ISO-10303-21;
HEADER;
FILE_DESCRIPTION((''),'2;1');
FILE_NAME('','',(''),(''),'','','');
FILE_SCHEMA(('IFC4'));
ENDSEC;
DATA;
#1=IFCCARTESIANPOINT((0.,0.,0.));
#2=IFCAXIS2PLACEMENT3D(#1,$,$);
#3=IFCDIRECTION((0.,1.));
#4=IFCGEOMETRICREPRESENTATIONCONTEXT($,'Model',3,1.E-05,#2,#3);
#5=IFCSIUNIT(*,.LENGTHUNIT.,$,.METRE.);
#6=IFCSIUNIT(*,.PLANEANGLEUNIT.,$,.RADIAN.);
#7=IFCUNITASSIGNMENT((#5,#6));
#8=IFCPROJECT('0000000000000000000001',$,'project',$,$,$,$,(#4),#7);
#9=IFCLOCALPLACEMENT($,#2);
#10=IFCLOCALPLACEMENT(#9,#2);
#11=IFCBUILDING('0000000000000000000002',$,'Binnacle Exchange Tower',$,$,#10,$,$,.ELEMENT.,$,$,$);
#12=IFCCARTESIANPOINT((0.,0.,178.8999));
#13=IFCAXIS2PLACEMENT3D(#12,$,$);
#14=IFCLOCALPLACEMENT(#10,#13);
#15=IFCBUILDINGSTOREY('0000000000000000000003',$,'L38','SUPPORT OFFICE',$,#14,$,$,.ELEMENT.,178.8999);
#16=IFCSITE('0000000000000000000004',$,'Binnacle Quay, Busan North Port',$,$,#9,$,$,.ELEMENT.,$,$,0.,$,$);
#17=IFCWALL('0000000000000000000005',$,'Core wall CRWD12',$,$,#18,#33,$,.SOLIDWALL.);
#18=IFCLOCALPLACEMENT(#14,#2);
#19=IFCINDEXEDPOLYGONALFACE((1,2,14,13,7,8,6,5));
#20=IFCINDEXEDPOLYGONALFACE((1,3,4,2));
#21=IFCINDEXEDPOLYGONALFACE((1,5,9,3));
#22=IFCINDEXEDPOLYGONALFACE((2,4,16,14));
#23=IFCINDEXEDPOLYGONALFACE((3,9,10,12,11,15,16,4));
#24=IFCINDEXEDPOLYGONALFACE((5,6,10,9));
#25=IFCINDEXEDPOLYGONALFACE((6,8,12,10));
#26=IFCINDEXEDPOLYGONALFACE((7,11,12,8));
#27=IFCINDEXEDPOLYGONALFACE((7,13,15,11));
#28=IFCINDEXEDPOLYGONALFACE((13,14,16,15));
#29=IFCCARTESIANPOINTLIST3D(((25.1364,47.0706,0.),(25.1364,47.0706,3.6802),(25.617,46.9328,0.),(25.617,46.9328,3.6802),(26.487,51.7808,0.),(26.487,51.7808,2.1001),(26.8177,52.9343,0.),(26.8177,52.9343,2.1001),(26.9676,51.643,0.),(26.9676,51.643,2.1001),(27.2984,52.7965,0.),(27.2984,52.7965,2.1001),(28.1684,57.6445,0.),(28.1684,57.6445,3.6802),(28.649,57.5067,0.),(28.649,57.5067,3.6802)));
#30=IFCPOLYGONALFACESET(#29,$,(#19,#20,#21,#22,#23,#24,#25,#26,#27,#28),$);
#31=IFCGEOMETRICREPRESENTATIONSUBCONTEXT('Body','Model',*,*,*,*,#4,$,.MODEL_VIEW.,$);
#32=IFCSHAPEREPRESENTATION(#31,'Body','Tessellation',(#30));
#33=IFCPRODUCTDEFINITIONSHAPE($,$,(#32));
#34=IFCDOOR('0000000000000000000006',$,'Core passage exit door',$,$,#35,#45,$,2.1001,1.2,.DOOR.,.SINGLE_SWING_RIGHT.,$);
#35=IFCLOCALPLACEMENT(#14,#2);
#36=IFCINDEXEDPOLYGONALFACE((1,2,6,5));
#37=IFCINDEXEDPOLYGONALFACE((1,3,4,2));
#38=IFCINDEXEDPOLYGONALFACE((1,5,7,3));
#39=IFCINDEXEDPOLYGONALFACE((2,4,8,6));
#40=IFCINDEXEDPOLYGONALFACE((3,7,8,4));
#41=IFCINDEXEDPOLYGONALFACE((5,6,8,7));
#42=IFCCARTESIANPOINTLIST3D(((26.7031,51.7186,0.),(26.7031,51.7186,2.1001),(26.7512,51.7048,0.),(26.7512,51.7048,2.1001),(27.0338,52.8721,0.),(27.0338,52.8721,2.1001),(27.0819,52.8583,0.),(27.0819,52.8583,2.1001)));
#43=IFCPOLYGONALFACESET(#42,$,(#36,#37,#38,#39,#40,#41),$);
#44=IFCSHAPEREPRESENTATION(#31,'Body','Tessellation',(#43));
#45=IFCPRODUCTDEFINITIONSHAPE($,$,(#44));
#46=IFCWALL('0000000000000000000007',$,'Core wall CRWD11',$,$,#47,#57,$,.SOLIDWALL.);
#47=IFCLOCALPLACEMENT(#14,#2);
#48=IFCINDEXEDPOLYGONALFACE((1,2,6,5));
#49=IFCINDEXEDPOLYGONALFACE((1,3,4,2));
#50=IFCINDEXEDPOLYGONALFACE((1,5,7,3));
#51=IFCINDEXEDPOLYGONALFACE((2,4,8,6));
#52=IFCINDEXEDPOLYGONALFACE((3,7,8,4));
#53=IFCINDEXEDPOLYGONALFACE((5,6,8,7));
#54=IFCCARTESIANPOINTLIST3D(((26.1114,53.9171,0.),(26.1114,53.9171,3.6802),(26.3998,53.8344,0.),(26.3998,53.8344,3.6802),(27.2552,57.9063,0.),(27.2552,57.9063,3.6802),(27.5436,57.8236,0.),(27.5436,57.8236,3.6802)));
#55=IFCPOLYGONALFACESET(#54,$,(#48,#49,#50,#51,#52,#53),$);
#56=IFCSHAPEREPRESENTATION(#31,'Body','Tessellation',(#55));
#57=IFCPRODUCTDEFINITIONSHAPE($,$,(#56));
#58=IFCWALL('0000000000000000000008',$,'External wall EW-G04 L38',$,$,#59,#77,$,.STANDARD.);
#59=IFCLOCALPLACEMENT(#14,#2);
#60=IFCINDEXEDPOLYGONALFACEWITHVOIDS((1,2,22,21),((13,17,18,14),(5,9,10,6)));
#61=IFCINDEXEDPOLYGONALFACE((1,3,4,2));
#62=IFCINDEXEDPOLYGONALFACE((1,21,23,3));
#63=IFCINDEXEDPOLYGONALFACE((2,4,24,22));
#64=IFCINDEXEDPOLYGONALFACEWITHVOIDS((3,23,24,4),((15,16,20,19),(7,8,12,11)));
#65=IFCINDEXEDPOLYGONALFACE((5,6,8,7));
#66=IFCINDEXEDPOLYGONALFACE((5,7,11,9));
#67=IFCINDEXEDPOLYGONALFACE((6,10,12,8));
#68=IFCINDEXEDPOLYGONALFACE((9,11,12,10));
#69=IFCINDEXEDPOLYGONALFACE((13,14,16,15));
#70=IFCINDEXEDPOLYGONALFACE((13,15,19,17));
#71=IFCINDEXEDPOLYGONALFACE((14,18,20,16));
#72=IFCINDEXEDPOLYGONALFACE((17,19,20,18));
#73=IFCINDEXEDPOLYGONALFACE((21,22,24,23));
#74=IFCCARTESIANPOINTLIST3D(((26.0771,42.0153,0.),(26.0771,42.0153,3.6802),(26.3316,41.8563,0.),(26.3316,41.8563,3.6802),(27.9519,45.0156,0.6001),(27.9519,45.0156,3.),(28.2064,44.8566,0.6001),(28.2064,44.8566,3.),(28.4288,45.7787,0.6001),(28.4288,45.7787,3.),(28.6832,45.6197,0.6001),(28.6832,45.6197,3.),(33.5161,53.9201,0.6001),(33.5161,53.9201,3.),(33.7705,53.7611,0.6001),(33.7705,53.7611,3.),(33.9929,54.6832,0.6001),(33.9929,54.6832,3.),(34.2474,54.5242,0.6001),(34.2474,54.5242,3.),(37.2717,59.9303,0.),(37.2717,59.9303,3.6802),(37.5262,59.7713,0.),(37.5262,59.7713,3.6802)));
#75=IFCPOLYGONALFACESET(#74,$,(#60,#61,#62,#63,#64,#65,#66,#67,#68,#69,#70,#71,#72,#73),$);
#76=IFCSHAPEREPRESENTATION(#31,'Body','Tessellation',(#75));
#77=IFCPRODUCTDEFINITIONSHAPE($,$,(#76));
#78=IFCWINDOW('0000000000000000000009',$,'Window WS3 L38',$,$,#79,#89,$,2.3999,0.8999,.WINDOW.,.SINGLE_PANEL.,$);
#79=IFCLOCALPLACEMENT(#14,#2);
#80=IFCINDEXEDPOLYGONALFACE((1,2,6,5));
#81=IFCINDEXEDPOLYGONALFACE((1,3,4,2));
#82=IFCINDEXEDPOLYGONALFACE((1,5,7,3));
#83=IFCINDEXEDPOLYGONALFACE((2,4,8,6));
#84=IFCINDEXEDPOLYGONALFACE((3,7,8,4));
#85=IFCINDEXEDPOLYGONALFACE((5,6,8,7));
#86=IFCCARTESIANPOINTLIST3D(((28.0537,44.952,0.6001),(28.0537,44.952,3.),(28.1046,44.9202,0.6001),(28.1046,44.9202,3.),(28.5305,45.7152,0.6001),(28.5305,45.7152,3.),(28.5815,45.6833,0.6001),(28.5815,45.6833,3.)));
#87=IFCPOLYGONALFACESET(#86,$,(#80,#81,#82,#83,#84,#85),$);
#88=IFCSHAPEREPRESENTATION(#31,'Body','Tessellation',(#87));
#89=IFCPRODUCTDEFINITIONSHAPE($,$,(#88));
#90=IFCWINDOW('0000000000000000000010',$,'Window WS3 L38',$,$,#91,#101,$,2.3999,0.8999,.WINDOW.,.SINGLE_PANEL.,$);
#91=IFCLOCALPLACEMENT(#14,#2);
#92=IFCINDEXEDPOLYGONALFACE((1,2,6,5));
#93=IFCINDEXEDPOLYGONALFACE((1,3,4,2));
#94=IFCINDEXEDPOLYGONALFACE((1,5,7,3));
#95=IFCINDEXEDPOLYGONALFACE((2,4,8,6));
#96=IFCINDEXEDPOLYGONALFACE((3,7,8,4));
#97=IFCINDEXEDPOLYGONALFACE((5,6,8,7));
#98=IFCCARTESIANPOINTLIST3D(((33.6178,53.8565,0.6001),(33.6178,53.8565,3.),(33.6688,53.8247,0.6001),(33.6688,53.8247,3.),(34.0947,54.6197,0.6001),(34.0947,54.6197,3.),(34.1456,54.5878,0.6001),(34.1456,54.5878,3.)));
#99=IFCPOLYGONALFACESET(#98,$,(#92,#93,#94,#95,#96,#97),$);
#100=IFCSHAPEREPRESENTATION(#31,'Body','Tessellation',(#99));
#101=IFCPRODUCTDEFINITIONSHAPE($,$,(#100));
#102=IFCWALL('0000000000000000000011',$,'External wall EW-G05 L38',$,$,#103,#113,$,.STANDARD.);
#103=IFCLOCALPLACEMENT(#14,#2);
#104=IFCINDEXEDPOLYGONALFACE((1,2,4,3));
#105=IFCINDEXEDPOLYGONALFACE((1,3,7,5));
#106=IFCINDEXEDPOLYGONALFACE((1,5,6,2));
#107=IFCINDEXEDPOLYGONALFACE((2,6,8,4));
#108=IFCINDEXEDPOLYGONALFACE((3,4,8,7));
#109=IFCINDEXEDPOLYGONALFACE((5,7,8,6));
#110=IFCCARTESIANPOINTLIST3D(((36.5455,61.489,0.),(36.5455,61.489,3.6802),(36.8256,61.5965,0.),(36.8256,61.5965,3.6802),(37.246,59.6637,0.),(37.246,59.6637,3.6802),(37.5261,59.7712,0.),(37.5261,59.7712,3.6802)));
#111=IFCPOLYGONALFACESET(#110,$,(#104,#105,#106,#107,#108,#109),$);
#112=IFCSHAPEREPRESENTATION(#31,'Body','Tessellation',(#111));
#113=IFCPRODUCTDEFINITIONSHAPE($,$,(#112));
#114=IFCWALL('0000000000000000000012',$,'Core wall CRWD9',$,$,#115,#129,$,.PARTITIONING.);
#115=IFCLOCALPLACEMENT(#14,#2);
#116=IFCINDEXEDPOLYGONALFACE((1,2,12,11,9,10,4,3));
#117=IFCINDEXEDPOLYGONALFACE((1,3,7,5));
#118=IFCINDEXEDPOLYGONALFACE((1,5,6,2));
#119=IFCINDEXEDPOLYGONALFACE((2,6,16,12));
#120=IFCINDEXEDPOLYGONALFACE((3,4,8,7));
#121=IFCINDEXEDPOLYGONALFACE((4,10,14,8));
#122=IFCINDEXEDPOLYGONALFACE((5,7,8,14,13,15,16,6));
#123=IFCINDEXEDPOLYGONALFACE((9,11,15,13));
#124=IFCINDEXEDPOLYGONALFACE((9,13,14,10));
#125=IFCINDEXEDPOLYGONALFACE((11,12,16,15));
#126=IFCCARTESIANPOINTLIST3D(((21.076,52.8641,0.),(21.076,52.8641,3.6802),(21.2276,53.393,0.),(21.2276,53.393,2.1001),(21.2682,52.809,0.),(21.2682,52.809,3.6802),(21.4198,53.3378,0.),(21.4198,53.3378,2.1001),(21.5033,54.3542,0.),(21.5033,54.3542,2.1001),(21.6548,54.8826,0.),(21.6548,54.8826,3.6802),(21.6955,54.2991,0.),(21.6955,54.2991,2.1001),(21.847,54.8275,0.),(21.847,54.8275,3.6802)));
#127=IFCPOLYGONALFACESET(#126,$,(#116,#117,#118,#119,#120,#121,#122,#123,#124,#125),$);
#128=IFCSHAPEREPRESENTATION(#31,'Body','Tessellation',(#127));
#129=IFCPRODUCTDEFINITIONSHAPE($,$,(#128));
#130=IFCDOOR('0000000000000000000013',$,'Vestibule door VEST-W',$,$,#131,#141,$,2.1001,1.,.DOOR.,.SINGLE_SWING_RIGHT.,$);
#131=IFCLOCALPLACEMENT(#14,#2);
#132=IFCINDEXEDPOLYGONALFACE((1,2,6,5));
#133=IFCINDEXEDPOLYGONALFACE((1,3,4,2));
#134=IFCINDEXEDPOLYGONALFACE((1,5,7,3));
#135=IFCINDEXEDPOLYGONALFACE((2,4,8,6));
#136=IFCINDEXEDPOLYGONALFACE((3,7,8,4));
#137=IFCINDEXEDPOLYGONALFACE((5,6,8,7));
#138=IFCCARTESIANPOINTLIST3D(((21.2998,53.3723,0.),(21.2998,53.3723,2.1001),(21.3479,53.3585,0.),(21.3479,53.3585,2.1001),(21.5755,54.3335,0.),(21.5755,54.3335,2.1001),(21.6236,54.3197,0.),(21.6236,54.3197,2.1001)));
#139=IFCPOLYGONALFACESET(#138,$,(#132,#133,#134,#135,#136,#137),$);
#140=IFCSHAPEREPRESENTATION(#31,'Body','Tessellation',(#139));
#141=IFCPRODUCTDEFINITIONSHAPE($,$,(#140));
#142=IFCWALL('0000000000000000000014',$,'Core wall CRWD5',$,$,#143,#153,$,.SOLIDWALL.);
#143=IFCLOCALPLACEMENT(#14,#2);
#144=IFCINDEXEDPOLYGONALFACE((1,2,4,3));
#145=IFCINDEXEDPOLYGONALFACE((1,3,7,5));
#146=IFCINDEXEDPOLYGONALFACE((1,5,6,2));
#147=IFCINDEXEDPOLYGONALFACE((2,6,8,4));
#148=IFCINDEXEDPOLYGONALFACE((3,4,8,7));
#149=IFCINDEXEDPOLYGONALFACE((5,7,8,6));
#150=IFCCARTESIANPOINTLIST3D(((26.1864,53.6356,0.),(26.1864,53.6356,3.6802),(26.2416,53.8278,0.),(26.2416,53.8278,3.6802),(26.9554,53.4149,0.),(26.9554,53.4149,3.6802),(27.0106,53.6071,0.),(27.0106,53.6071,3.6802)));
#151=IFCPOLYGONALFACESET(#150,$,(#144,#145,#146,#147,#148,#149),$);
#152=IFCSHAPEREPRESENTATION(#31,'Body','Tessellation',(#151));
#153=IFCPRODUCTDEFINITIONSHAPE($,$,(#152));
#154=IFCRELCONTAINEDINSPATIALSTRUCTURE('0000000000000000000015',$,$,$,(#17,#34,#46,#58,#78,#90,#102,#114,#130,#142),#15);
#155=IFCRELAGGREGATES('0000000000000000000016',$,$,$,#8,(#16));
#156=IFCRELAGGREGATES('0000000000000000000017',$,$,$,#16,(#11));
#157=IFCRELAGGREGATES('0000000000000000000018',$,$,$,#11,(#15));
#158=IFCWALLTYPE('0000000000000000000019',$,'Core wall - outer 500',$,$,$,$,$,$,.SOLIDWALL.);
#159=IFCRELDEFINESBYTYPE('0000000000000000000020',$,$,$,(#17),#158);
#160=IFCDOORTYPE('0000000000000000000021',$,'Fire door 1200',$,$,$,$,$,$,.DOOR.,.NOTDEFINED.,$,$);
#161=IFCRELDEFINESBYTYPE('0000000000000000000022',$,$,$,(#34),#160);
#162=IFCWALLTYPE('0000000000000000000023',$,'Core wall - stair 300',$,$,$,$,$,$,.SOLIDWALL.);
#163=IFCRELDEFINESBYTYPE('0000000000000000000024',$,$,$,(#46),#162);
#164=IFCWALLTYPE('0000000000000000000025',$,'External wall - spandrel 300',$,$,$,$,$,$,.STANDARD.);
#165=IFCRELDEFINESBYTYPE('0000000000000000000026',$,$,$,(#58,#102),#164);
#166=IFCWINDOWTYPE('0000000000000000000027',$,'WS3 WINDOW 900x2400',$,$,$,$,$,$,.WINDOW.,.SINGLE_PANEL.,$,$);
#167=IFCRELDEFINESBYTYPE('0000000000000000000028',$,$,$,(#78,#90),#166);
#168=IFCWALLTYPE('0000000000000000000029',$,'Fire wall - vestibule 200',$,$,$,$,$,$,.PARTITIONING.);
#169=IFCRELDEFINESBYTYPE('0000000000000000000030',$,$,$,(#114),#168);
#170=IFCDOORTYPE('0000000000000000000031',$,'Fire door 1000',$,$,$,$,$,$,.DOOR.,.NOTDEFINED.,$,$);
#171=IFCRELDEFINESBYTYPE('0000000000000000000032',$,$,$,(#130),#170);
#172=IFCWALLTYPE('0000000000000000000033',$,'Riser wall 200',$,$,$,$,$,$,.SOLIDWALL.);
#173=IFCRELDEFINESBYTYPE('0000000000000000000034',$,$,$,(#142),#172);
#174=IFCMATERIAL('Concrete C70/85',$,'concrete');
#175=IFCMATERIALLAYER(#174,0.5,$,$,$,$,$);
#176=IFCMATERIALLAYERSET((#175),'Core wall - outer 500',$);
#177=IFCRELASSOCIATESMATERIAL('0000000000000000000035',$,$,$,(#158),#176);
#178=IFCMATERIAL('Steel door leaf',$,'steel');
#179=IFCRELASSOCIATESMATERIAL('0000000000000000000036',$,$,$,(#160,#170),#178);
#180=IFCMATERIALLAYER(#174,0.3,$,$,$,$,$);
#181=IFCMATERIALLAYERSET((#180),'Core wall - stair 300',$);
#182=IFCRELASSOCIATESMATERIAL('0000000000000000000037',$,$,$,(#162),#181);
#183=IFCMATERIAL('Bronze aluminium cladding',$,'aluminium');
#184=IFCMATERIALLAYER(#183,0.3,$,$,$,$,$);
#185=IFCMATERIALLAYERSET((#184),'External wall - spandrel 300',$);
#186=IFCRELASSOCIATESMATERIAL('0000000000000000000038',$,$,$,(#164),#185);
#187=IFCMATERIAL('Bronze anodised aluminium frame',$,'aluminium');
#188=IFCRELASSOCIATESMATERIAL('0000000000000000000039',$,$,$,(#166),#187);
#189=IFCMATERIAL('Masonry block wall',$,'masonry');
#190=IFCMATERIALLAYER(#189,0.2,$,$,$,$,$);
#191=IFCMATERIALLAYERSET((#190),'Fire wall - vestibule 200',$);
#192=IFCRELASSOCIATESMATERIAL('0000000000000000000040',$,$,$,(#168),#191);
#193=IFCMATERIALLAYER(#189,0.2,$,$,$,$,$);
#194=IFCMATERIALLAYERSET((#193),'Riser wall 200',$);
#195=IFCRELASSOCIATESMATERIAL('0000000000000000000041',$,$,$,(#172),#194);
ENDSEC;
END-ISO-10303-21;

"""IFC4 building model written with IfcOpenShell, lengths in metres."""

from ifc_helpers import new_model, si_unit, direction, frame, frame_2d, origin, place, context, subcontext, project, spatial, rectangle, extrude, material, layer, layer_set, type_object, element, fill, save


model = new_model("IFC4")

# Units and contexts
model_context = context("Model", 3, precision=1e-05, world=origin(), true_north=direction((0.0, 1.0)))
body_context = subcontext(model_context, "Body", "Model", "MODEL_VIEW")
ifc_project = project(units=[si_unit("LENGTHUNIT", "METRE"), si_unit("PLANEANGLEUNIT", "RADIAN")], contexts=[model_context])

# Site, building, storey
site_placement = place(None, origin())
site = spatial("IfcSite", under=ifc_project, at=site_placement, Name="Binnacle Quay, Busan North Port", CompositionType="ELEMENT", RefElevation=0.0)
building_placement = place(site_placement, origin())
building = spatial("IfcBuilding", under=site, at=building_placement, Name="Binnacle Exchange Tower", CompositionType="ELEMENT")
storey_placement = place(building_placement, frame((0.0, 0.0, 178.8999)))
storey = spatial("IfcBuildingStorey", under=building, at=storey_placement, Name="L38", Description="SUPPORT OFFICE", CompositionType="ELEMENT", Elevation=178.8999)

# Shared definitions
ifc_material_1 = material(Name="Concrete C70/85", Category="concrete")

# Wall, opening, door
ifc_layer_1 = layer(ifc_material_1, 0.5)
ifc_layer_set_1 = layer_set([ifc_layer_1], Name="Core wall - outer 500")
wall_type_1 = type_object("IfcWallType", Name="Core wall - outer 500", PredefinedType="SOLIDWALL", material=ifc_layer_set_1)
wall_1_placement = place(storey_placement, frame((25.3767, 47.0017, 0.0), z_axis=(0.0, 0.0, 1.0), x_axis=(0.275633, 0.961263, 0.0)))
wall_1 = element("IfcWall", 1, at=wall_1_placement, inside=storey, type_object=wall_type_1, Name="Core wall CRWD12", PredefinedType="SOLIDWALL", context=body_context, shape_type="SweptSolid", body=[
    extrude(rectangle(XDim=11.0, YDim=0.5, at=frame_2d((5.5, 0.0))), origin(), (0.0, 0.0, 1.0), 3.6802),
])
opening_1_placement = place(wall_1_placement, frame((4.8999, 0.0, 0.0)))
opening_1 = element("IfcOpeningElement", 2, at=opening_1_placement, cuts=wall_1, PredefinedType="OPENING", context=body_context, shape_type="SweptSolid", body=[
    extrude(rectangle(XDim=1.2, YDim=2.1001, at=frame_2d((0.6001, 1.05))), frame((0.0, 0.26, 0.0), z_axis=(0.0, -1.0, 0.0), x_axis=(1.0, 0.0, 0.0)), (0.0, 0.0, 1.0), 0.52),
])
ifc_material_2 = material(Name="Steel door leaf", Category="steel")
door_type_1 = type_object("IfcDoorType", Name="Fire door 1200", OperationType="NOTDEFINED", PredefinedType="DOOR", material=ifc_material_2)
door_1_placement = place(opening_1_placement, frame((1.2, 0.0, 0.0), z_axis=(0.0, 0.0, 1.0), x_axis=(-1.0, 0.0, 0.0)))
door_1 = element("IfcDoor", 3, at=door_1_placement, inside=storey, type_object=door_type_1, Name="Core passage exit door", OperationType="SINGLE_SWING_RIGHT", OverallHeight=2.1001, OverallWidth=1.2, PredefinedType="DOOR", context=body_context, shape_type="SweptSolid", body=[
    extrude(rectangle(XDim=1.2, YDim=2.1001, at=frame_2d((0.6001, 1.05))), frame((0.0, 0.0249, 0.0), z_axis=(0.0, -1.0, 0.0), x_axis=(1.0, 0.0, 0.0)), (0.0, 0.0, 1.0), 0.05),
])
fill(opening_1, door_1)

# Wall
ifc_layer_2 = layer(ifc_material_1, 0.3)
ifc_layer_set_2 = layer_set([ifc_layer_2], Name="Core wall - stair 300")
wall_type_2 = type_object("IfcWallType", Name="Core wall - stair 300", PredefinedType="SOLIDWALL", material=ifc_layer_set_2)
wall_2_placement = place(storey_placement, frame((26.2556, 53.8757, 0.0), z_axis=(0.0, 0.0, 1.0), x_axis=(0.275615, 0.961268, 0.0)))
element("IfcWall", 4, at=wall_2_placement, inside=storey, type_object=wall_type_2, Name="Core wall CRWD11", PredefinedType="SOLIDWALL", context=body_context, shape_type="SweptSolid", body=[
    extrude(rectangle(XDim=4.1499, YDim=0.3, at=frame_2d((2.075, 0.0))), origin(), (0.0, 0.0, 1.0), 3.6802),
])

# Wall, openings, windows
ifc_material_3 = material(Name="Bronze aluminium cladding", Category="aluminium")
ifc_layer_3 = layer(ifc_material_3, 0.3)
ifc_layer_set_3 = layer_set([ifc_layer_3], Name="External wall - spandrel 300")
wall_type_3 = type_object("IfcWallType", Name="External wall - spandrel 300", PredefinedType="STANDARD", material=ifc_layer_set_3)
wall_3_placement = place(storey_placement, frame((37.3989, 59.8508, 0.0), z_axis=(0.0, 0.0, 1.0), x_axis=(-0.52992, -0.848048, 0.0)))
wall_3 = element("IfcWall", 5, at=wall_3_placement, inside=storey, type_object=wall_type_3, Name="External wall EW-G04 L38", PredefinedType="STANDARD", context=body_context, shape_type="SweptSolid", body=[
    extrude(rectangle(XDim=21.125, YDim=0.3, at=frame_2d((10.5625, 0.0))), origin(), (0.0, 0.0, 1.0), 3.6802),
])
opening_2_placement = place(wall_3_placement, frame((16.6873, 0.0, 0.6001)))
opening_2 = element("IfcOpeningElement", 6, at=opening_2_placement, cuts=wall_3, PredefinedType="OPENING", context=body_context, shape_type="SweptSolid", body=[
    extrude(rectangle(XDim=0.8999, YDim=2.3999, at=frame_2d((0.45, 1.2))), frame((0.0, 0.1599, 0.0), z_axis=(0.0, -1.0, 0.0), x_axis=(1.0, 0.0, 0.0)), (0.0, 0.0, 1.0), 0.3201),
])
opening_3_placement = place(wall_3_placement, frame((6.1873, 0.0, 0.6001)))
opening_3 = element("IfcOpeningElement", 7, at=opening_3_placement, cuts=wall_3, PredefinedType="OPENING", context=body_context, shape_type="SweptSolid", body=[
    extrude(rectangle(XDim=0.8999, YDim=2.3999, at=frame_2d((0.45, 1.2))), frame((0.0, 0.1599, 0.0), z_axis=(0.0, -1.0, 0.0), x_axis=(1.0, 0.0, 0.0)), (0.0, 0.0, 1.0), 0.3201),
])
ifc_material_4 = material(Name="Bronze anodised aluminium frame", Category="aluminium")
window_type = type_object("IfcWindowType", Name="WS3 WINDOW 900x2400", PartitioningType="SINGLE_PANEL", PredefinedType="WINDOW", material=ifc_material_4)
window_1_placement = place(opening_2_placement, origin())
window_1 = element("IfcWindow", 8, at=window_1_placement, inside=storey, type_object=window_type, Name="Window WS3 L38", OverallHeight=2.3999, OverallWidth=0.8999, PartitioningType="SINGLE_PANEL", PredefinedType="WINDOW", context=body_context, shape_type="SweptSolid", body=[
    extrude(rectangle(XDim=0.8999, YDim=2.3999, at=frame_2d((0.45, 1.2))), frame((0.0, 0.03, 0.0), z_axis=(0.0, -1.0, 0.0), x_axis=(1.0, 0.0, 0.0)), (0.0, 0.0, 1.0), 0.0601),
])
fill(opening_2, window_1)
window_2_placement = place(opening_3_placement, origin())
window_2 = element("IfcWindow", 9, at=window_2_placement, inside=storey, type_object=window_type, Name="Window WS3 L38", OverallHeight=2.3999, OverallWidth=0.8999, PartitioningType="SINGLE_PANEL", PredefinedType="WINDOW", context=body_context, shape_type="SweptSolid", body=[
    extrude(rectangle(XDim=0.8999, YDim=2.3999, at=frame_2d((0.45, 1.2))), frame((0.0, 0.03, 0.0), z_axis=(0.0, -1.0, 0.0), x_axis=(1.0, 0.0, 0.0)), (0.0, 0.0, 1.0), 0.0601),
])
fill(opening_3, window_2)

# Wall
wall_4_placement = place(storey_placement, frame((36.6855, 61.5427, 0.0), z_axis=(0.0, 0.0, 1.0), x_axis=(0.358284, -0.933612, 0.0)))
element("IfcWall", 10, at=wall_4_placement, inside=storey, type_object=wall_type_3, Name="External wall EW-G05 L38", PredefinedType="STANDARD", context=body_context, shape_type="SweptSolid", body=[
    extrude(rectangle(XDim=1.9551, YDim=0.3, at=frame_2d((0.9775, 0.0))), origin(), (0.0, 0.0, 1.0), 3.6802),
])

# Wall, opening, door
ifc_material_5 = material(Name="Masonry block wall", Category="masonry")
ifc_layer_4 = layer(ifc_material_5, 0.2)
ifc_layer_set_4 = layer_set([ifc_layer_4], Name="Fire wall - vestibule 200")
wall_type_4 = type_object("IfcWallType", Name="Fire wall - vestibule 200", PredefinedType="PARTITIONING", material=ifc_layer_set_4)
wall_5_placement = place(storey_placement, frame((21.1721, 52.8367, 0.0), z_axis=(0.0, 0.0, 1.0), x_axis=(0.275658, 0.961256, 0.0)))
wall_5 = element("IfcWall", 11, at=wall_5_placement, inside=storey, type_object=wall_type_4, Name="Core wall CRWD9", PredefinedType="PARTITIONING", context=body_context, shape_type="SweptSolid", body=[
    extrude(rectangle(XDim=2.0999, YDim=0.2, at=frame_2d((1.0498, 0.0))), origin(), (0.0, 0.0, 1.0), 3.6802),
])
opening_4_placement = place(wall_5_placement, frame((0.55, 0.0, 0.0)))
opening_4 = element("IfcOpeningElement", 12, at=opening_4_placement, cuts=wall_5, PredefinedType="OPENING", context=body_context, shape_type="SweptSolid", body=[
    extrude(rectangle(XDim=1.0, YDim=2.1001, at=frame_2d((0.5, 1.05))), frame((0.0, 0.1099, 0.0), z_axis=(0.0, -1.0, 0.0), x_axis=(1.0, 0.0, 0.0)), (0.0, 0.0, 1.0), 0.22),
])
door_type_2 = type_object("IfcDoorType", Name="Fire door 1000", OperationType="NOTDEFINED", PredefinedType="DOOR", material=ifc_material_2)
door_2_placement = place(opening_4_placement, origin())
door_2 = element("IfcDoor", 13, at=door_2_placement, inside=storey, type_object=door_type_2, Name="Vestibule door VEST-W", OperationType="SINGLE_SWING_RIGHT", OverallHeight=2.1001, OverallWidth=1.0, PredefinedType="DOOR", context=body_context, shape_type="SweptSolid", body=[
    extrude(rectangle(XDim=1.0, YDim=2.1001, at=frame_2d((0.5, 1.05))), frame((0.0, 0.0249, 0.0), z_axis=(0.0, -1.0, 0.0), x_axis=(1.0, 0.0, 0.0)), (0.0, 0.0, 1.0), 0.05),
])
fill(opening_4, door_2)

# Wall
ifc_layer_5 = layer(ifc_material_5, 0.2)
ifc_layer_set_5 = layer_set([ifc_layer_5], Name="Riser wall 200")
wall_type_5 = type_object("IfcWallType", Name="Riser wall 200", PredefinedType="SOLIDWALL", material=ifc_layer_set_5)
wall_6_placement = place(storey_placement, frame((26.2141, 53.7317, 0.0), z_axis=(0.0, 0.0, 1.0), x_axis=(0.961201, -0.275849, 0.0)))
element("IfcWall", 14, at=wall_6_placement, inside=storey, type_object=wall_type_5, Name="Core wall CRWD5", PredefinedType="SOLIDWALL", context=body_context, shape_type="SweptSolid", body=[
    extrude(rectangle(XDim=0.8, YDim=0.2, at=frame_2d((0.3999, 0.0))), origin(), (0.0, 0.0, 1.0), 3.6802),
])

save(model, "model.ifc")
